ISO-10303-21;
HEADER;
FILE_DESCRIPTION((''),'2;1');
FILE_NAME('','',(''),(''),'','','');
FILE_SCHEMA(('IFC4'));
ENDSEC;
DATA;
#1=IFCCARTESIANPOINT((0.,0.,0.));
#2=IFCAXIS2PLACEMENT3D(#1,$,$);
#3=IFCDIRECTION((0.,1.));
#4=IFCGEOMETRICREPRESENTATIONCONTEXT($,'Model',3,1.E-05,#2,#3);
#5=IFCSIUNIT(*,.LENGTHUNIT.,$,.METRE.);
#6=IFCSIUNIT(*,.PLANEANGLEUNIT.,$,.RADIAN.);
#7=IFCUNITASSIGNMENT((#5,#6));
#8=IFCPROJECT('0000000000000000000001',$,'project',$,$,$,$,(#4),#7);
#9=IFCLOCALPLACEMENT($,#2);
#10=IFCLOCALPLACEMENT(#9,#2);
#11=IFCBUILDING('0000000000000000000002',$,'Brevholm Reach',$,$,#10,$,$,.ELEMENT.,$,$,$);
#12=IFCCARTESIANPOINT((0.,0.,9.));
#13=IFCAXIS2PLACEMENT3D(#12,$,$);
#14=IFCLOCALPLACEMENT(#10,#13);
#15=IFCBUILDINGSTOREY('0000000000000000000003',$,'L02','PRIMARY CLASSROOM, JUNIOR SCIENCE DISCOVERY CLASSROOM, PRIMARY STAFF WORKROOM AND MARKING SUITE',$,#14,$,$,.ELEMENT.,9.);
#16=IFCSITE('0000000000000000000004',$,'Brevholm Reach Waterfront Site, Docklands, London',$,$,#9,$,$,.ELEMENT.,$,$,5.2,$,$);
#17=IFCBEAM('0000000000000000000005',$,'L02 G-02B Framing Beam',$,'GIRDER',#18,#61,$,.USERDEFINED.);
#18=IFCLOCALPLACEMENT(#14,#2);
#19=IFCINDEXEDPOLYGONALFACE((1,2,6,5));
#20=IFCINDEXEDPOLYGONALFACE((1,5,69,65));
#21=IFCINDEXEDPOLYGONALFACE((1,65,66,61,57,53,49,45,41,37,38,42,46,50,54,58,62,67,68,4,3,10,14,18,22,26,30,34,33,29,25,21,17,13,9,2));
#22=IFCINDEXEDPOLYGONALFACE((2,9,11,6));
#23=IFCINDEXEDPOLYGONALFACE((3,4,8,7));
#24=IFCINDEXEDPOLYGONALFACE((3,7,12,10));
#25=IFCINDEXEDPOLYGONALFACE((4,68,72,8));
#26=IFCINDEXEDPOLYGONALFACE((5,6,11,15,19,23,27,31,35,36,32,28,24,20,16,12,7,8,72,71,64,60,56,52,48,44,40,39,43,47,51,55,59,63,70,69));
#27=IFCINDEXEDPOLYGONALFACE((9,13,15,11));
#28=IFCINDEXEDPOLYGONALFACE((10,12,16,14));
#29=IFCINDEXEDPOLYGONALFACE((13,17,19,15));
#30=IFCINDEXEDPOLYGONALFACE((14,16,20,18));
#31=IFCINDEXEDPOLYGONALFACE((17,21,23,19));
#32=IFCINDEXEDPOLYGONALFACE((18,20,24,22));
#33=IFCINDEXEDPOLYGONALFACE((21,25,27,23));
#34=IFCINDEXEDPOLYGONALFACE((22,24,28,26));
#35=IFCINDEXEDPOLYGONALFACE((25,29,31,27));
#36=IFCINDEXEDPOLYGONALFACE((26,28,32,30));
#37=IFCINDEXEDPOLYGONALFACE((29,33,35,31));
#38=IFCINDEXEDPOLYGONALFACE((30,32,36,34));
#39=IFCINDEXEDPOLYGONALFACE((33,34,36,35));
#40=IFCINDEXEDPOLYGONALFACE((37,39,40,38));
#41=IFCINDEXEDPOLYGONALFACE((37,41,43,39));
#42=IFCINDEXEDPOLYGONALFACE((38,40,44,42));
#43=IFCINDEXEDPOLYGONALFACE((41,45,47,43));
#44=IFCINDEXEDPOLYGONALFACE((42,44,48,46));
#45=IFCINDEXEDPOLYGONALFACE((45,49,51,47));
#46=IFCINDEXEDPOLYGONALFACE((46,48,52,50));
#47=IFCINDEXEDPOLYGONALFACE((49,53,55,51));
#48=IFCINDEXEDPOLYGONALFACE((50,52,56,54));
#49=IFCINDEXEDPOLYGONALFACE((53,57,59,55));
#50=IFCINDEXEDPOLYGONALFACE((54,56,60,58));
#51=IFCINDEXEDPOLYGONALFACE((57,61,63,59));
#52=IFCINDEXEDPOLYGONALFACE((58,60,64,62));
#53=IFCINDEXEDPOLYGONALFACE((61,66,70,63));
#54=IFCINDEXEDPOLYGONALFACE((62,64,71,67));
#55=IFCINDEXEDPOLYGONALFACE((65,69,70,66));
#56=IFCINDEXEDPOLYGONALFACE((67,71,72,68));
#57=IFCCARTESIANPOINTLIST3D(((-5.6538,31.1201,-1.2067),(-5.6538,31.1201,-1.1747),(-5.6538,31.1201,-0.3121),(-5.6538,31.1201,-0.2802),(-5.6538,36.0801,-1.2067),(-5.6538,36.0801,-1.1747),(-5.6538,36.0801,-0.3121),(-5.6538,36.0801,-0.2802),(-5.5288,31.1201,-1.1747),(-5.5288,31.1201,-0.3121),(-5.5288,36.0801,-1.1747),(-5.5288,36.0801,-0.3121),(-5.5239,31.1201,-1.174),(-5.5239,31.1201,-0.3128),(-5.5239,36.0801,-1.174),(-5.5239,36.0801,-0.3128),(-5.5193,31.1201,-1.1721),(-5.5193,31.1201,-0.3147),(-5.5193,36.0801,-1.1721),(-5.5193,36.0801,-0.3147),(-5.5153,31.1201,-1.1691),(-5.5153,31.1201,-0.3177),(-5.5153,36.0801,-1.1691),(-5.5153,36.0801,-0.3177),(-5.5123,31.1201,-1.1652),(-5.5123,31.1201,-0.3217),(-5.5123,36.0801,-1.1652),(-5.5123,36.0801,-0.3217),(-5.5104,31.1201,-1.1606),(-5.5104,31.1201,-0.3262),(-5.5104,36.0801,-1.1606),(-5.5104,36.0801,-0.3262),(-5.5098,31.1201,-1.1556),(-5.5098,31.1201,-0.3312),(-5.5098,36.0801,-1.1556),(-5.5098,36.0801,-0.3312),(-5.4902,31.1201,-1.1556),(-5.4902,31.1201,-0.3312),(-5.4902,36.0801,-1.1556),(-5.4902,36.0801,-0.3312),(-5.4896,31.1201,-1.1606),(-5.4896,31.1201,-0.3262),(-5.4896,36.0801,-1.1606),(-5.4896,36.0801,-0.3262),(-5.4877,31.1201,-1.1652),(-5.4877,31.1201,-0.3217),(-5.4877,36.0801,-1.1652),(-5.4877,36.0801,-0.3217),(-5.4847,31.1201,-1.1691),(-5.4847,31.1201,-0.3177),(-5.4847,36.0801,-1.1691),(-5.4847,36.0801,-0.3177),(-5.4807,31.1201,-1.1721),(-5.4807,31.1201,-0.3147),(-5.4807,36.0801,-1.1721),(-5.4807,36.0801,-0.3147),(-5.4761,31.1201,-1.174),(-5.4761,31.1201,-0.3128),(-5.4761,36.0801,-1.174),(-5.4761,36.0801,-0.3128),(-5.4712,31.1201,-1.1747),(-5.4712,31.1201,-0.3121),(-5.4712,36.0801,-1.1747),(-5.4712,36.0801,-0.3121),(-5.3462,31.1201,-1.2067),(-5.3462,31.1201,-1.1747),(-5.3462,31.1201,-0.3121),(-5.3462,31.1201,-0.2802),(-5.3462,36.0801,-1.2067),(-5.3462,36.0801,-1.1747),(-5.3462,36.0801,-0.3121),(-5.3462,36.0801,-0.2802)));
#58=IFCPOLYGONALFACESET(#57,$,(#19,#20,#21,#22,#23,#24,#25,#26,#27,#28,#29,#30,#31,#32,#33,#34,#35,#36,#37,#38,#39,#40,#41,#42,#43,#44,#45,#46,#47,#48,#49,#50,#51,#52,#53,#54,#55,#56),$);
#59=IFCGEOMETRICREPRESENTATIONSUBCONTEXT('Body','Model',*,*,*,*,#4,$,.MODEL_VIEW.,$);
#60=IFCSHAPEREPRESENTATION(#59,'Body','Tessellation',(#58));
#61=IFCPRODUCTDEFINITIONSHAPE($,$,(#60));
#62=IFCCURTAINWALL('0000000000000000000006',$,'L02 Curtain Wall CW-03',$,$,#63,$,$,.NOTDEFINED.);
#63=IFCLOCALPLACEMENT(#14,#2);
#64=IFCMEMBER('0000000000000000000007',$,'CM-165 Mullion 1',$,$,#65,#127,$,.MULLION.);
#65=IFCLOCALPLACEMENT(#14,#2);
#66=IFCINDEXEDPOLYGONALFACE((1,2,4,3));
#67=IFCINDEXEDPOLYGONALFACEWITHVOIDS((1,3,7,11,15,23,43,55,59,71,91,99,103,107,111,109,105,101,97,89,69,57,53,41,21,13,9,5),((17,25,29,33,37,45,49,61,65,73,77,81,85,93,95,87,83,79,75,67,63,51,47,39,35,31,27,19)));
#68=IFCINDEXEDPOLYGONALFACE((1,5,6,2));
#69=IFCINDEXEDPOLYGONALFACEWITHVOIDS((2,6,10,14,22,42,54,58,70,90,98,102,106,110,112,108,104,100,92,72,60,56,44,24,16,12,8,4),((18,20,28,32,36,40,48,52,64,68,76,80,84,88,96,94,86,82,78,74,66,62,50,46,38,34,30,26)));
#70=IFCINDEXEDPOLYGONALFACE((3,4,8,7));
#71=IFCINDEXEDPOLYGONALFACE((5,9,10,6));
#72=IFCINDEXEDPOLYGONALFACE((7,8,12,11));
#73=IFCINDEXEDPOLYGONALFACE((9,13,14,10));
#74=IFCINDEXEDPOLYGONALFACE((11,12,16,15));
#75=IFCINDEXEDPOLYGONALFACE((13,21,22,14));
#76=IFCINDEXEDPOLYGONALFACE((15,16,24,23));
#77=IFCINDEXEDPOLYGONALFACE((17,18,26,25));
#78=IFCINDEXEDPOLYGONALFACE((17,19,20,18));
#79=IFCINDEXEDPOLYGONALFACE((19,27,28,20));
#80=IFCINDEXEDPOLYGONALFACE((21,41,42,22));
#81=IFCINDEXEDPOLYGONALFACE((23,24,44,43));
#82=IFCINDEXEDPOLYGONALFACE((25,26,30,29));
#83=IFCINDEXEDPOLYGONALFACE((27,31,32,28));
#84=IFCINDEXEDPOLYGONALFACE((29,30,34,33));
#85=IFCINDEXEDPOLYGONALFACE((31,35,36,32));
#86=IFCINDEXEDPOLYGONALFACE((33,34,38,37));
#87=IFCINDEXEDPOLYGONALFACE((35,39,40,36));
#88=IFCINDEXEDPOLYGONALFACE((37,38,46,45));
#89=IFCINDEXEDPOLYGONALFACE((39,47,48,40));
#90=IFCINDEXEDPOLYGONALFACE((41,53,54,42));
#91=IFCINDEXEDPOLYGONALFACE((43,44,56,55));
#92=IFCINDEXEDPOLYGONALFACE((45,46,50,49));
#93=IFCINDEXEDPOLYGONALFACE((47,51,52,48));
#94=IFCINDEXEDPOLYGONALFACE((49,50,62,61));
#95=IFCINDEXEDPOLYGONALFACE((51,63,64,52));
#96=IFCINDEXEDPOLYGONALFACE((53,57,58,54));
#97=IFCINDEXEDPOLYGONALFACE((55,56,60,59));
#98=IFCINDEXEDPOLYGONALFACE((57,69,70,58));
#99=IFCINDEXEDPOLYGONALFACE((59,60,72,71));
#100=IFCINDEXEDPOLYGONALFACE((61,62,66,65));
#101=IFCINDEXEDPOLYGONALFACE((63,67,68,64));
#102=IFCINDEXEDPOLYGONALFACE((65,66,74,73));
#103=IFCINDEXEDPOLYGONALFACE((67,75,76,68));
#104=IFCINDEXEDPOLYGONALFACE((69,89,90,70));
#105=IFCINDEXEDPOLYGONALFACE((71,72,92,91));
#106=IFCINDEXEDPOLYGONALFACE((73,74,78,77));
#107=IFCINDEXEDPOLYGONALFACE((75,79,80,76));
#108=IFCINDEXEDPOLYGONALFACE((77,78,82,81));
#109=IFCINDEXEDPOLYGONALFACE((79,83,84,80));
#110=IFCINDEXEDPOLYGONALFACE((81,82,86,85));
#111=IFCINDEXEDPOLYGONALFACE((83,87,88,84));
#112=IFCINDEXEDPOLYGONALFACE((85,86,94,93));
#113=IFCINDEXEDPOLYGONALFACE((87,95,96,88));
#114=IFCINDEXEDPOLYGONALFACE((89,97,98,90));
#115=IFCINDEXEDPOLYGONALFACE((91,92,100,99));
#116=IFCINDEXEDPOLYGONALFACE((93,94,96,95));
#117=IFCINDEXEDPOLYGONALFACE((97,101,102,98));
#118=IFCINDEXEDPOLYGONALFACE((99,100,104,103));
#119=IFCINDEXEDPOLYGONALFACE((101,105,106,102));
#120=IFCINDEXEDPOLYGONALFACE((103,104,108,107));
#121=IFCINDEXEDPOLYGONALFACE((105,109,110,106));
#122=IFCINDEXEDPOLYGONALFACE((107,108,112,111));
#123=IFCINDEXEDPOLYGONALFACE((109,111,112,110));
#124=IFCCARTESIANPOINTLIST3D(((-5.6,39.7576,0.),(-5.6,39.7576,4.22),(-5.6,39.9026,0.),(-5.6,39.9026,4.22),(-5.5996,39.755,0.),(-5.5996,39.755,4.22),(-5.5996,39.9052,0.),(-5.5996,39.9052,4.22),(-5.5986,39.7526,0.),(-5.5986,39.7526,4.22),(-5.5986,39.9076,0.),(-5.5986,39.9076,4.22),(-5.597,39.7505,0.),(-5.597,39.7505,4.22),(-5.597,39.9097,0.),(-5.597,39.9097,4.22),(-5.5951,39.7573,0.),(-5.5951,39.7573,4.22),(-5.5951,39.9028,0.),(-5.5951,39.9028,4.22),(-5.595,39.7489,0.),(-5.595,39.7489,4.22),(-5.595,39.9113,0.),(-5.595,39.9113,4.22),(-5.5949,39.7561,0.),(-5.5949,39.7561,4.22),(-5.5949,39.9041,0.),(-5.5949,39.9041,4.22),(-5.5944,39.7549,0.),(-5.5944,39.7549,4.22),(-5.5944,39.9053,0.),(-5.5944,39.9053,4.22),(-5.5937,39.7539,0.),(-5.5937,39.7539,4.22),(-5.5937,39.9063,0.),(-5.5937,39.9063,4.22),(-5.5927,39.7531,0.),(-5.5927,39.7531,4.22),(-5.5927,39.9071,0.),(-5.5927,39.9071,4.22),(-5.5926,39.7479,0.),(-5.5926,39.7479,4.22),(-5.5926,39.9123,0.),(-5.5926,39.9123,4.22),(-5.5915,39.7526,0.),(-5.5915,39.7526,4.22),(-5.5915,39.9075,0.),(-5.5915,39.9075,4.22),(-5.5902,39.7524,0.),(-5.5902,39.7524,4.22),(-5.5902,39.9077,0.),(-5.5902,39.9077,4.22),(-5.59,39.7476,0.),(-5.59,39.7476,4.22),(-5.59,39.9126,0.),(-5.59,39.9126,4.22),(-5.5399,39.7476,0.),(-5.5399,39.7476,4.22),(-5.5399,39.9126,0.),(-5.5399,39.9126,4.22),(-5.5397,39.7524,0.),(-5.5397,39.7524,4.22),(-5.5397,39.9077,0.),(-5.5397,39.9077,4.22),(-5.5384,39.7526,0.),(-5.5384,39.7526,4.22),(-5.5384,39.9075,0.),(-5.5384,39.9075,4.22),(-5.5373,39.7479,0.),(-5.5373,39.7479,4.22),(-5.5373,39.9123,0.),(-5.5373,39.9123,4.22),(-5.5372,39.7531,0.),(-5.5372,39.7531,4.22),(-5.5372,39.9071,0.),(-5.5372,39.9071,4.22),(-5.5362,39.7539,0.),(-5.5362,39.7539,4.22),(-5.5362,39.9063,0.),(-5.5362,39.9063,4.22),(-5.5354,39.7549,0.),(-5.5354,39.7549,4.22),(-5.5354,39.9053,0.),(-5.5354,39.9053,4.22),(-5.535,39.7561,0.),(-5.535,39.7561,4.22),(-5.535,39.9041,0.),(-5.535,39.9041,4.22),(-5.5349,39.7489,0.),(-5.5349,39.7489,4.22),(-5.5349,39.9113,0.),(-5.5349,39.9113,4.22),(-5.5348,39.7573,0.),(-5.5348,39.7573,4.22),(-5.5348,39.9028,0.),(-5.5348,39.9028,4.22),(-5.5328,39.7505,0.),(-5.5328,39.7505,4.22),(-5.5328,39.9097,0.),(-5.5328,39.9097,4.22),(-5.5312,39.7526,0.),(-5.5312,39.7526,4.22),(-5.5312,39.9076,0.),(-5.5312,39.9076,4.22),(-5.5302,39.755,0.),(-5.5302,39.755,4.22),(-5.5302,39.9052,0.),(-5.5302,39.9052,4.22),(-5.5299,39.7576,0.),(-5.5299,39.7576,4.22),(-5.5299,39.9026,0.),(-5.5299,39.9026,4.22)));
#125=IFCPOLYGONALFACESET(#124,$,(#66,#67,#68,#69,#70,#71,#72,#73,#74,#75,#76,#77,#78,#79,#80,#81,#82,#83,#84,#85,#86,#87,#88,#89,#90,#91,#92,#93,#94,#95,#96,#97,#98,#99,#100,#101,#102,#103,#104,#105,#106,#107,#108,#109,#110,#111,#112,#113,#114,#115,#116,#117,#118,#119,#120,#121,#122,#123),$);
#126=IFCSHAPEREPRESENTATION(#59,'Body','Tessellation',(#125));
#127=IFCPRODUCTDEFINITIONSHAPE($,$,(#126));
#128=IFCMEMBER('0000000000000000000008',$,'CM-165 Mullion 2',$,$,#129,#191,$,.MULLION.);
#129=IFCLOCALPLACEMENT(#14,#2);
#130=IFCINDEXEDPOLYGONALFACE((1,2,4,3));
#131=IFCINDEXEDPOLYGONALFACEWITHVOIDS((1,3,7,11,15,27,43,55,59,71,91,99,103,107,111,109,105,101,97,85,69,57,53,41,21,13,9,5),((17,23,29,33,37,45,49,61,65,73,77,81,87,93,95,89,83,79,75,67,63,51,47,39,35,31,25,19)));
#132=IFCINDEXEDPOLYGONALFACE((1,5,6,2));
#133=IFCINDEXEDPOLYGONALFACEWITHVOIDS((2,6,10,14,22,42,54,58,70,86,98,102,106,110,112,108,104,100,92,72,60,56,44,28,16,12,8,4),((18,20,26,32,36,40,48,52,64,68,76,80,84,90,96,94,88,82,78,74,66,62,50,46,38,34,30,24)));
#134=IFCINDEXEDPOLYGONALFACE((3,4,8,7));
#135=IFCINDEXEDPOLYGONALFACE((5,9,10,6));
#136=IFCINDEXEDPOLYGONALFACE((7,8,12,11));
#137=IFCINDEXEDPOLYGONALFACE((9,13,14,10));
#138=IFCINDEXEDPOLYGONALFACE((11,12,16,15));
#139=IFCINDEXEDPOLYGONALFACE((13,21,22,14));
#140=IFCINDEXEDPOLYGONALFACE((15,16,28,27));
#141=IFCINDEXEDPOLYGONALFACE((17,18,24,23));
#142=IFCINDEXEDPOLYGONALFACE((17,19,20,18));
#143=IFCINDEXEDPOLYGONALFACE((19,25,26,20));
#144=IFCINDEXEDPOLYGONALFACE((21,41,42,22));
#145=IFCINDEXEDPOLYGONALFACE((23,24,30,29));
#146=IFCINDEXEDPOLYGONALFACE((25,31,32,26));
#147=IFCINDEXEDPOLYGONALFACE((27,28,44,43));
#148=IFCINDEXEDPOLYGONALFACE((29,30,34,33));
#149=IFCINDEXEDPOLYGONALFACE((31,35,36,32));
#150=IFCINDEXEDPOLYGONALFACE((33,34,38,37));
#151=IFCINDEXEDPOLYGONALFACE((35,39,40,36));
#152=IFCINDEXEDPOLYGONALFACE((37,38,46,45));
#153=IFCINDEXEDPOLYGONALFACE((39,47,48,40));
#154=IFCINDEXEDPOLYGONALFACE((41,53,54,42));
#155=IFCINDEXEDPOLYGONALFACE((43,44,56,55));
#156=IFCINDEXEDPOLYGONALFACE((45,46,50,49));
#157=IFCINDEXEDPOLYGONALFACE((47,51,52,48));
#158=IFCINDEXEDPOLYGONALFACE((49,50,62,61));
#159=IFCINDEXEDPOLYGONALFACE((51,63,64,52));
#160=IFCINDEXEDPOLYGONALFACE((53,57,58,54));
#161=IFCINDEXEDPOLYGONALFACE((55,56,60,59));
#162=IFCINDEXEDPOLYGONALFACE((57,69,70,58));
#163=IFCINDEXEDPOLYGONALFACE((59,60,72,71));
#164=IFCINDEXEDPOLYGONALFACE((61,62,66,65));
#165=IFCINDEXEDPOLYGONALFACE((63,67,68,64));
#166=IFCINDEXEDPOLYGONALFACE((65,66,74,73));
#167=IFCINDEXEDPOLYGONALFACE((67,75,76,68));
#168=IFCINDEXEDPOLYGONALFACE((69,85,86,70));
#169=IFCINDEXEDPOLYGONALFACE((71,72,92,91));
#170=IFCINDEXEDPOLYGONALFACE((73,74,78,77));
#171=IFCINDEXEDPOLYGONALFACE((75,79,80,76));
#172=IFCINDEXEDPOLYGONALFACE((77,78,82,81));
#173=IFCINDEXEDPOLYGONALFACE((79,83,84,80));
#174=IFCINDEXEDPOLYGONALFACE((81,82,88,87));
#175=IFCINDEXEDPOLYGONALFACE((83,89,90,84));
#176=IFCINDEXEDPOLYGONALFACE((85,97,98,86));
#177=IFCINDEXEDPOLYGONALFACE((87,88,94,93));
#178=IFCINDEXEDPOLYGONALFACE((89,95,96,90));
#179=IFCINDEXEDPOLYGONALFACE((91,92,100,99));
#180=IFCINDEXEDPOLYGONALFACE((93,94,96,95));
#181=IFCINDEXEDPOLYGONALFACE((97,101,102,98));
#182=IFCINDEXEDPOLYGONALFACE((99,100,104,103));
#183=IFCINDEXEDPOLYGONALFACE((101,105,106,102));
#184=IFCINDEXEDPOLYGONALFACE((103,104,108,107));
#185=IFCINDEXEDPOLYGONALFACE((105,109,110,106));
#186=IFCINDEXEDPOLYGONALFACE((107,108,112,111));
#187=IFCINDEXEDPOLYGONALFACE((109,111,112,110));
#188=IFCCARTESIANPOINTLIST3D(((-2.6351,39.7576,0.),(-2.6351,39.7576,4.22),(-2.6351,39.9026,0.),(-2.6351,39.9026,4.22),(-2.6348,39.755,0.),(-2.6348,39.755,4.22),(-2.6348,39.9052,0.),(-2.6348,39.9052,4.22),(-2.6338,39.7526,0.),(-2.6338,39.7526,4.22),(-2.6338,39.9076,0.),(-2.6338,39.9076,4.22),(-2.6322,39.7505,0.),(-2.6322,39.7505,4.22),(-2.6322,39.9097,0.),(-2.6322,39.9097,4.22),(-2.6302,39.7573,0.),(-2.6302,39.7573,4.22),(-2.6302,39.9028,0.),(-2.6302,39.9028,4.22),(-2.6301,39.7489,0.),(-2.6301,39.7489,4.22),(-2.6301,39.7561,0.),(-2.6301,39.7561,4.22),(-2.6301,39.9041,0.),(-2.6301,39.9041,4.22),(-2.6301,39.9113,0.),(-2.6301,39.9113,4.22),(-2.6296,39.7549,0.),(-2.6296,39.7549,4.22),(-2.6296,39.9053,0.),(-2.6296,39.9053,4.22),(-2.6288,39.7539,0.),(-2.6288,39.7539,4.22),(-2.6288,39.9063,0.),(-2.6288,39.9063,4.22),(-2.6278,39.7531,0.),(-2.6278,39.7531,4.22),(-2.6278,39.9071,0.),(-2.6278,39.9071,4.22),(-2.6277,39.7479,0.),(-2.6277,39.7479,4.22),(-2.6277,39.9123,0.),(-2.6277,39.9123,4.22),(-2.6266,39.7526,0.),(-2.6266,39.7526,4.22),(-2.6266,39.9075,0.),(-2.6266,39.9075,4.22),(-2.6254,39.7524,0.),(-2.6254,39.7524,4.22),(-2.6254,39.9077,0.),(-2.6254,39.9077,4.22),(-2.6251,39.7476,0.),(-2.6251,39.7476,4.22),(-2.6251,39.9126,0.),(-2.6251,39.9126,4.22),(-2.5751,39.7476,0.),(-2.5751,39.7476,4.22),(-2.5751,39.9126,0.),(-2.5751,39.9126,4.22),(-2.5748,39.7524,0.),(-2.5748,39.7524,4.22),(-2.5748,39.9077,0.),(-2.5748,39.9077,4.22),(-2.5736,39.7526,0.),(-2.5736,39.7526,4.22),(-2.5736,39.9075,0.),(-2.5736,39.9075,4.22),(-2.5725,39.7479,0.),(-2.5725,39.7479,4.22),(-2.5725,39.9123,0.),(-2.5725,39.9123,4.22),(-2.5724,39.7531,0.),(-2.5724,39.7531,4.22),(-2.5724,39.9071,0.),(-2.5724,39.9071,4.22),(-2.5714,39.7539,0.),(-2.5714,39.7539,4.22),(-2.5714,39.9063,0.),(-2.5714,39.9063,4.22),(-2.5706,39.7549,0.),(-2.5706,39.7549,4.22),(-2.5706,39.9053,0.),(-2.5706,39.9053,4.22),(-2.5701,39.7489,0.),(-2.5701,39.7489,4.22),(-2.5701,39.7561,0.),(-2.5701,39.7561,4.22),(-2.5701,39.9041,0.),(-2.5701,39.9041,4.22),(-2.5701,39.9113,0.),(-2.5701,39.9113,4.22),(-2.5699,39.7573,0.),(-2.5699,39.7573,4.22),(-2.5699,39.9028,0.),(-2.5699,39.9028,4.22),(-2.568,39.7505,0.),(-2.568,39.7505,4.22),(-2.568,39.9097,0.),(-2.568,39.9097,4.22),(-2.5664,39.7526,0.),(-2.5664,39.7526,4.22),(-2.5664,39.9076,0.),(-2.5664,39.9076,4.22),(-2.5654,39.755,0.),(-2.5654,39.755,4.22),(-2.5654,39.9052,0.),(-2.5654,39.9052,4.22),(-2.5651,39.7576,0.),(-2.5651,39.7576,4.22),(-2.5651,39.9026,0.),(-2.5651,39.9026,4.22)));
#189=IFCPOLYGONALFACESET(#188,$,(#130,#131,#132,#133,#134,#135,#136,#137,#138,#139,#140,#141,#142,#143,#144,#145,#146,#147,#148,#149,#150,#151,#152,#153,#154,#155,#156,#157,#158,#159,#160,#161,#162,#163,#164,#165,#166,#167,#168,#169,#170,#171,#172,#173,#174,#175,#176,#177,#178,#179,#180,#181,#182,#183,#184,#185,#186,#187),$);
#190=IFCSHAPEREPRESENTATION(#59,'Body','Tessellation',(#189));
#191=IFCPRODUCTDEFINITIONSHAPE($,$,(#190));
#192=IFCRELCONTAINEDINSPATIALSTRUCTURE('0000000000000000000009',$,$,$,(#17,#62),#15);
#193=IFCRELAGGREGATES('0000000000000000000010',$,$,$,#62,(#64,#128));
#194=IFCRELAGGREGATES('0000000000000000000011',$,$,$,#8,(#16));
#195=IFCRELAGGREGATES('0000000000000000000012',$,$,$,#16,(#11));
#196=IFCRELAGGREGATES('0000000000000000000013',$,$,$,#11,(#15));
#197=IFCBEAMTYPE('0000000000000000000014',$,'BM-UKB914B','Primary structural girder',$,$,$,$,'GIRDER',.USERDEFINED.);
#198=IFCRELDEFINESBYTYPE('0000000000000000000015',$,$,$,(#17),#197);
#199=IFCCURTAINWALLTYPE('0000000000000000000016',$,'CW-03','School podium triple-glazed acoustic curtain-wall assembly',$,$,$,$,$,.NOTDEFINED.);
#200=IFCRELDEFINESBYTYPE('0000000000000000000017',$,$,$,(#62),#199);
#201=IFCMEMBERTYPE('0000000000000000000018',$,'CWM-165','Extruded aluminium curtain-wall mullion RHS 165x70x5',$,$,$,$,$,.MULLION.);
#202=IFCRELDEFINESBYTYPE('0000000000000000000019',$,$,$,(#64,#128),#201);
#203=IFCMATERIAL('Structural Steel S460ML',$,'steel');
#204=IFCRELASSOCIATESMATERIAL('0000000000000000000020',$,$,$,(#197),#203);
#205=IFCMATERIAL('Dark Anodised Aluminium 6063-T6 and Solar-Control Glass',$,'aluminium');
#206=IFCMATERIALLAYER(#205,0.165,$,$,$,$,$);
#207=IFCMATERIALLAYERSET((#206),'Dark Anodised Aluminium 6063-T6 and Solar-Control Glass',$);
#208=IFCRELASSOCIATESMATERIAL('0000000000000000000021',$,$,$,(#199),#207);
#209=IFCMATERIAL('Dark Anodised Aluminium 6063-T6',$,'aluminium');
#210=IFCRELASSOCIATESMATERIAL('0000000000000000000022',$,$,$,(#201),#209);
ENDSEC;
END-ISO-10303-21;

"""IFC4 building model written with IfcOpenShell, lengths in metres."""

from ifc_helpers import new_model, si_unit, direction, frame, origin, origin_2d, place, context, subcontext, project, spatial, hollow_rectangle, i_section, extrude, material, layer, layer_set, material_profile, profile_set, type_object, element, aggregate, save


model = new_model("IFC4")

# Units and contexts
model_context = context("Model", 3, precision=1e-05, world=origin(), true_north=direction((0.0, 1.0)))
body_context = subcontext(model_context, "Body", "Model", "MODEL_VIEW")
ifc_project = project(units=[si_unit("LENGTHUNIT", "METRE"), si_unit("PLANEANGLEUNIT", "RADIAN")], contexts=[model_context])

# Site, building, storey
site_placement = place(None, origin())
site = spatial("IfcSite", under=ifc_project, at=site_placement, Name="Brevholm Reach Waterfront Site, Docklands, London", CompositionType="ELEMENT", RefElevation=5.2)
building_placement = place(site_placement, origin())
building = spatial("IfcBuilding", under=site, at=building_placement, Name="Brevholm Reach", CompositionType="ELEMENT")
storey_placement = place(building_placement, frame((0.0, 0.0, 9.0)))
storey = spatial("IfcBuildingStorey", under=building, at=storey_placement, Name="L02", Description="PRIMARY CLASSROOM, JUNIOR SCIENCE DISCOVERY CLASSROOM, PRIMARY STAFF WORKROOM AND MARKING SUITE", CompositionType="ELEMENT", Elevation=9.0)

# Beam
ifc_material_1 = material(Name="Structural Steel S460ML", Category="steel")
ifc_material_profile_1 = material_profile(ifc_material_1, i_section(OverallWidth=0.3076, OverallDepth=0.9265, WebThickness=0.0195, FlangeThickness=0.032, FilletRadius=0.019, at=origin_2d()), Name="UKB 914x305x289")
ifc_profile_set_1 = profile_set([ifc_material_profile_1], Name="Structural Steel S460ML")
beam_type_1 = type_object("IfcBeamType", Name="BM-UKB914B", Description="Primary structural girder", ElementType="GIRDER", PredefinedType="USERDEFINED", material=ifc_profile_set_1)
beam_1_placement = place(storey_placement, frame((-5.5, 31.1201, -0.7434), z_axis=(0.0, 1.0, 0.0), x_axis=(-1.0, 0.0, 0.0)))
element("IfcBeam", 1, at=beam_1_placement, inside=storey, type_object=beam_type_1, Name="L02 G-02B Framing Beam", ObjectType="GIRDER", PredefinedType="USERDEFINED", context=body_context, shape_type="SweptSolid", body=[
    extrude(i_section(OverallWidth=0.3076, OverallDepth=0.9265, WebThickness=0.0195, FlangeThickness=0.032, FilletRadius=0.019, at=origin_2d()), origin(), (0.0, 0.0, 1.0), 4.96),
])

# Curtain wall, members
ifc_material_2 = material(Name="Dark Anodised Aluminium 6063-T6 and Solar-Control Glass", Category="aluminium")
ifc_layer_1 = layer(ifc_material_2, 0.165)
ifc_layer_set_1 = layer_set([ifc_layer_1], Name="Dark Anodised Aluminium 6063-T6 and Solar-Control Glass")
curtain_wall_type = type_object("IfcCurtainWallType", Name="CW-03", Description="School podium triple-glazed acoustic curtain-wall assembly", PredefinedType="NOTDEFINED", material=ifc_layer_set_1)
curtain_wall_placement = place(storey_placement, origin())
curtain_wall = element("IfcCurtainWall", 2, at=curtain_wall_placement, inside=storey, type_object=curtain_wall_type, Name="L02 Curtain Wall CW-03", PredefinedType="NOTDEFINED")
ifc_material_3 = material(Name="Dark Anodised Aluminium 6063-T6", Category="aluminium")
ifc_material_profile_2 = material_profile(ifc_material_3, hollow_rectangle(XDim=0.0701, YDim=0.165, WallThickness=0.0049, InnerFilletRadius=0.0049, OuterFilletRadius=0.01, at=origin_2d()), Name="RHS 165x70x5")
ifc_profile_set_2 = profile_set([ifc_material_profile_2], Name="Dark Anodised Aluminium 6063-T6")
member_type_1 = type_object("IfcMemberType", Name="CWM-165", Description="Extruded aluminium curtain-wall mullion RHS 165x70x5", PredefinedType="MULLION", material=ifc_profile_set_2)
member_1_placement = place(storey_placement, frame((-5.5649, 39.8301, 0.0), z_axis=(0.0, 0.0, 1.0), x_axis=(1.0, 0.0, 0.0)))
member_1 = element("IfcMember", 3, at=member_1_placement, type_object=member_type_1, Name="CM-165 Mullion 1", PredefinedType="MULLION", context=body_context, shape_type="SweptSolid", body=[
    extrude(hollow_rectangle(XDim=0.0701, YDim=0.165, WallThickness=0.0049, InnerFilletRadius=0.0049, OuterFilletRadius=0.01, at=origin_2d()), origin(), (0.0, 0.0, 1.0), 4.22),
])
member_2_placement = place(storey_placement, frame((-2.6001, 39.8301, 0.0), z_axis=(0.0, 0.0, 1.0), x_axis=(1.0, 0.0, 0.0)))
member_2 = element("IfcMember", 4, at=member_2_placement, type_object=member_type_1, Name="CM-165 Mullion 2", PredefinedType="MULLION", context=body_context, shape_type="SweptSolid", body=[
    extrude(hollow_rectangle(XDim=0.0701, YDim=0.165, WallThickness=0.0049, InnerFilletRadius=0.0049, OuterFilletRadius=0.01, at=origin_2d()), origin(), (0.0, 0.0, 1.0), 4.22),
])
aggregate(curtain_wall, [member_1, member_2])

save(model, "model.ifc")
